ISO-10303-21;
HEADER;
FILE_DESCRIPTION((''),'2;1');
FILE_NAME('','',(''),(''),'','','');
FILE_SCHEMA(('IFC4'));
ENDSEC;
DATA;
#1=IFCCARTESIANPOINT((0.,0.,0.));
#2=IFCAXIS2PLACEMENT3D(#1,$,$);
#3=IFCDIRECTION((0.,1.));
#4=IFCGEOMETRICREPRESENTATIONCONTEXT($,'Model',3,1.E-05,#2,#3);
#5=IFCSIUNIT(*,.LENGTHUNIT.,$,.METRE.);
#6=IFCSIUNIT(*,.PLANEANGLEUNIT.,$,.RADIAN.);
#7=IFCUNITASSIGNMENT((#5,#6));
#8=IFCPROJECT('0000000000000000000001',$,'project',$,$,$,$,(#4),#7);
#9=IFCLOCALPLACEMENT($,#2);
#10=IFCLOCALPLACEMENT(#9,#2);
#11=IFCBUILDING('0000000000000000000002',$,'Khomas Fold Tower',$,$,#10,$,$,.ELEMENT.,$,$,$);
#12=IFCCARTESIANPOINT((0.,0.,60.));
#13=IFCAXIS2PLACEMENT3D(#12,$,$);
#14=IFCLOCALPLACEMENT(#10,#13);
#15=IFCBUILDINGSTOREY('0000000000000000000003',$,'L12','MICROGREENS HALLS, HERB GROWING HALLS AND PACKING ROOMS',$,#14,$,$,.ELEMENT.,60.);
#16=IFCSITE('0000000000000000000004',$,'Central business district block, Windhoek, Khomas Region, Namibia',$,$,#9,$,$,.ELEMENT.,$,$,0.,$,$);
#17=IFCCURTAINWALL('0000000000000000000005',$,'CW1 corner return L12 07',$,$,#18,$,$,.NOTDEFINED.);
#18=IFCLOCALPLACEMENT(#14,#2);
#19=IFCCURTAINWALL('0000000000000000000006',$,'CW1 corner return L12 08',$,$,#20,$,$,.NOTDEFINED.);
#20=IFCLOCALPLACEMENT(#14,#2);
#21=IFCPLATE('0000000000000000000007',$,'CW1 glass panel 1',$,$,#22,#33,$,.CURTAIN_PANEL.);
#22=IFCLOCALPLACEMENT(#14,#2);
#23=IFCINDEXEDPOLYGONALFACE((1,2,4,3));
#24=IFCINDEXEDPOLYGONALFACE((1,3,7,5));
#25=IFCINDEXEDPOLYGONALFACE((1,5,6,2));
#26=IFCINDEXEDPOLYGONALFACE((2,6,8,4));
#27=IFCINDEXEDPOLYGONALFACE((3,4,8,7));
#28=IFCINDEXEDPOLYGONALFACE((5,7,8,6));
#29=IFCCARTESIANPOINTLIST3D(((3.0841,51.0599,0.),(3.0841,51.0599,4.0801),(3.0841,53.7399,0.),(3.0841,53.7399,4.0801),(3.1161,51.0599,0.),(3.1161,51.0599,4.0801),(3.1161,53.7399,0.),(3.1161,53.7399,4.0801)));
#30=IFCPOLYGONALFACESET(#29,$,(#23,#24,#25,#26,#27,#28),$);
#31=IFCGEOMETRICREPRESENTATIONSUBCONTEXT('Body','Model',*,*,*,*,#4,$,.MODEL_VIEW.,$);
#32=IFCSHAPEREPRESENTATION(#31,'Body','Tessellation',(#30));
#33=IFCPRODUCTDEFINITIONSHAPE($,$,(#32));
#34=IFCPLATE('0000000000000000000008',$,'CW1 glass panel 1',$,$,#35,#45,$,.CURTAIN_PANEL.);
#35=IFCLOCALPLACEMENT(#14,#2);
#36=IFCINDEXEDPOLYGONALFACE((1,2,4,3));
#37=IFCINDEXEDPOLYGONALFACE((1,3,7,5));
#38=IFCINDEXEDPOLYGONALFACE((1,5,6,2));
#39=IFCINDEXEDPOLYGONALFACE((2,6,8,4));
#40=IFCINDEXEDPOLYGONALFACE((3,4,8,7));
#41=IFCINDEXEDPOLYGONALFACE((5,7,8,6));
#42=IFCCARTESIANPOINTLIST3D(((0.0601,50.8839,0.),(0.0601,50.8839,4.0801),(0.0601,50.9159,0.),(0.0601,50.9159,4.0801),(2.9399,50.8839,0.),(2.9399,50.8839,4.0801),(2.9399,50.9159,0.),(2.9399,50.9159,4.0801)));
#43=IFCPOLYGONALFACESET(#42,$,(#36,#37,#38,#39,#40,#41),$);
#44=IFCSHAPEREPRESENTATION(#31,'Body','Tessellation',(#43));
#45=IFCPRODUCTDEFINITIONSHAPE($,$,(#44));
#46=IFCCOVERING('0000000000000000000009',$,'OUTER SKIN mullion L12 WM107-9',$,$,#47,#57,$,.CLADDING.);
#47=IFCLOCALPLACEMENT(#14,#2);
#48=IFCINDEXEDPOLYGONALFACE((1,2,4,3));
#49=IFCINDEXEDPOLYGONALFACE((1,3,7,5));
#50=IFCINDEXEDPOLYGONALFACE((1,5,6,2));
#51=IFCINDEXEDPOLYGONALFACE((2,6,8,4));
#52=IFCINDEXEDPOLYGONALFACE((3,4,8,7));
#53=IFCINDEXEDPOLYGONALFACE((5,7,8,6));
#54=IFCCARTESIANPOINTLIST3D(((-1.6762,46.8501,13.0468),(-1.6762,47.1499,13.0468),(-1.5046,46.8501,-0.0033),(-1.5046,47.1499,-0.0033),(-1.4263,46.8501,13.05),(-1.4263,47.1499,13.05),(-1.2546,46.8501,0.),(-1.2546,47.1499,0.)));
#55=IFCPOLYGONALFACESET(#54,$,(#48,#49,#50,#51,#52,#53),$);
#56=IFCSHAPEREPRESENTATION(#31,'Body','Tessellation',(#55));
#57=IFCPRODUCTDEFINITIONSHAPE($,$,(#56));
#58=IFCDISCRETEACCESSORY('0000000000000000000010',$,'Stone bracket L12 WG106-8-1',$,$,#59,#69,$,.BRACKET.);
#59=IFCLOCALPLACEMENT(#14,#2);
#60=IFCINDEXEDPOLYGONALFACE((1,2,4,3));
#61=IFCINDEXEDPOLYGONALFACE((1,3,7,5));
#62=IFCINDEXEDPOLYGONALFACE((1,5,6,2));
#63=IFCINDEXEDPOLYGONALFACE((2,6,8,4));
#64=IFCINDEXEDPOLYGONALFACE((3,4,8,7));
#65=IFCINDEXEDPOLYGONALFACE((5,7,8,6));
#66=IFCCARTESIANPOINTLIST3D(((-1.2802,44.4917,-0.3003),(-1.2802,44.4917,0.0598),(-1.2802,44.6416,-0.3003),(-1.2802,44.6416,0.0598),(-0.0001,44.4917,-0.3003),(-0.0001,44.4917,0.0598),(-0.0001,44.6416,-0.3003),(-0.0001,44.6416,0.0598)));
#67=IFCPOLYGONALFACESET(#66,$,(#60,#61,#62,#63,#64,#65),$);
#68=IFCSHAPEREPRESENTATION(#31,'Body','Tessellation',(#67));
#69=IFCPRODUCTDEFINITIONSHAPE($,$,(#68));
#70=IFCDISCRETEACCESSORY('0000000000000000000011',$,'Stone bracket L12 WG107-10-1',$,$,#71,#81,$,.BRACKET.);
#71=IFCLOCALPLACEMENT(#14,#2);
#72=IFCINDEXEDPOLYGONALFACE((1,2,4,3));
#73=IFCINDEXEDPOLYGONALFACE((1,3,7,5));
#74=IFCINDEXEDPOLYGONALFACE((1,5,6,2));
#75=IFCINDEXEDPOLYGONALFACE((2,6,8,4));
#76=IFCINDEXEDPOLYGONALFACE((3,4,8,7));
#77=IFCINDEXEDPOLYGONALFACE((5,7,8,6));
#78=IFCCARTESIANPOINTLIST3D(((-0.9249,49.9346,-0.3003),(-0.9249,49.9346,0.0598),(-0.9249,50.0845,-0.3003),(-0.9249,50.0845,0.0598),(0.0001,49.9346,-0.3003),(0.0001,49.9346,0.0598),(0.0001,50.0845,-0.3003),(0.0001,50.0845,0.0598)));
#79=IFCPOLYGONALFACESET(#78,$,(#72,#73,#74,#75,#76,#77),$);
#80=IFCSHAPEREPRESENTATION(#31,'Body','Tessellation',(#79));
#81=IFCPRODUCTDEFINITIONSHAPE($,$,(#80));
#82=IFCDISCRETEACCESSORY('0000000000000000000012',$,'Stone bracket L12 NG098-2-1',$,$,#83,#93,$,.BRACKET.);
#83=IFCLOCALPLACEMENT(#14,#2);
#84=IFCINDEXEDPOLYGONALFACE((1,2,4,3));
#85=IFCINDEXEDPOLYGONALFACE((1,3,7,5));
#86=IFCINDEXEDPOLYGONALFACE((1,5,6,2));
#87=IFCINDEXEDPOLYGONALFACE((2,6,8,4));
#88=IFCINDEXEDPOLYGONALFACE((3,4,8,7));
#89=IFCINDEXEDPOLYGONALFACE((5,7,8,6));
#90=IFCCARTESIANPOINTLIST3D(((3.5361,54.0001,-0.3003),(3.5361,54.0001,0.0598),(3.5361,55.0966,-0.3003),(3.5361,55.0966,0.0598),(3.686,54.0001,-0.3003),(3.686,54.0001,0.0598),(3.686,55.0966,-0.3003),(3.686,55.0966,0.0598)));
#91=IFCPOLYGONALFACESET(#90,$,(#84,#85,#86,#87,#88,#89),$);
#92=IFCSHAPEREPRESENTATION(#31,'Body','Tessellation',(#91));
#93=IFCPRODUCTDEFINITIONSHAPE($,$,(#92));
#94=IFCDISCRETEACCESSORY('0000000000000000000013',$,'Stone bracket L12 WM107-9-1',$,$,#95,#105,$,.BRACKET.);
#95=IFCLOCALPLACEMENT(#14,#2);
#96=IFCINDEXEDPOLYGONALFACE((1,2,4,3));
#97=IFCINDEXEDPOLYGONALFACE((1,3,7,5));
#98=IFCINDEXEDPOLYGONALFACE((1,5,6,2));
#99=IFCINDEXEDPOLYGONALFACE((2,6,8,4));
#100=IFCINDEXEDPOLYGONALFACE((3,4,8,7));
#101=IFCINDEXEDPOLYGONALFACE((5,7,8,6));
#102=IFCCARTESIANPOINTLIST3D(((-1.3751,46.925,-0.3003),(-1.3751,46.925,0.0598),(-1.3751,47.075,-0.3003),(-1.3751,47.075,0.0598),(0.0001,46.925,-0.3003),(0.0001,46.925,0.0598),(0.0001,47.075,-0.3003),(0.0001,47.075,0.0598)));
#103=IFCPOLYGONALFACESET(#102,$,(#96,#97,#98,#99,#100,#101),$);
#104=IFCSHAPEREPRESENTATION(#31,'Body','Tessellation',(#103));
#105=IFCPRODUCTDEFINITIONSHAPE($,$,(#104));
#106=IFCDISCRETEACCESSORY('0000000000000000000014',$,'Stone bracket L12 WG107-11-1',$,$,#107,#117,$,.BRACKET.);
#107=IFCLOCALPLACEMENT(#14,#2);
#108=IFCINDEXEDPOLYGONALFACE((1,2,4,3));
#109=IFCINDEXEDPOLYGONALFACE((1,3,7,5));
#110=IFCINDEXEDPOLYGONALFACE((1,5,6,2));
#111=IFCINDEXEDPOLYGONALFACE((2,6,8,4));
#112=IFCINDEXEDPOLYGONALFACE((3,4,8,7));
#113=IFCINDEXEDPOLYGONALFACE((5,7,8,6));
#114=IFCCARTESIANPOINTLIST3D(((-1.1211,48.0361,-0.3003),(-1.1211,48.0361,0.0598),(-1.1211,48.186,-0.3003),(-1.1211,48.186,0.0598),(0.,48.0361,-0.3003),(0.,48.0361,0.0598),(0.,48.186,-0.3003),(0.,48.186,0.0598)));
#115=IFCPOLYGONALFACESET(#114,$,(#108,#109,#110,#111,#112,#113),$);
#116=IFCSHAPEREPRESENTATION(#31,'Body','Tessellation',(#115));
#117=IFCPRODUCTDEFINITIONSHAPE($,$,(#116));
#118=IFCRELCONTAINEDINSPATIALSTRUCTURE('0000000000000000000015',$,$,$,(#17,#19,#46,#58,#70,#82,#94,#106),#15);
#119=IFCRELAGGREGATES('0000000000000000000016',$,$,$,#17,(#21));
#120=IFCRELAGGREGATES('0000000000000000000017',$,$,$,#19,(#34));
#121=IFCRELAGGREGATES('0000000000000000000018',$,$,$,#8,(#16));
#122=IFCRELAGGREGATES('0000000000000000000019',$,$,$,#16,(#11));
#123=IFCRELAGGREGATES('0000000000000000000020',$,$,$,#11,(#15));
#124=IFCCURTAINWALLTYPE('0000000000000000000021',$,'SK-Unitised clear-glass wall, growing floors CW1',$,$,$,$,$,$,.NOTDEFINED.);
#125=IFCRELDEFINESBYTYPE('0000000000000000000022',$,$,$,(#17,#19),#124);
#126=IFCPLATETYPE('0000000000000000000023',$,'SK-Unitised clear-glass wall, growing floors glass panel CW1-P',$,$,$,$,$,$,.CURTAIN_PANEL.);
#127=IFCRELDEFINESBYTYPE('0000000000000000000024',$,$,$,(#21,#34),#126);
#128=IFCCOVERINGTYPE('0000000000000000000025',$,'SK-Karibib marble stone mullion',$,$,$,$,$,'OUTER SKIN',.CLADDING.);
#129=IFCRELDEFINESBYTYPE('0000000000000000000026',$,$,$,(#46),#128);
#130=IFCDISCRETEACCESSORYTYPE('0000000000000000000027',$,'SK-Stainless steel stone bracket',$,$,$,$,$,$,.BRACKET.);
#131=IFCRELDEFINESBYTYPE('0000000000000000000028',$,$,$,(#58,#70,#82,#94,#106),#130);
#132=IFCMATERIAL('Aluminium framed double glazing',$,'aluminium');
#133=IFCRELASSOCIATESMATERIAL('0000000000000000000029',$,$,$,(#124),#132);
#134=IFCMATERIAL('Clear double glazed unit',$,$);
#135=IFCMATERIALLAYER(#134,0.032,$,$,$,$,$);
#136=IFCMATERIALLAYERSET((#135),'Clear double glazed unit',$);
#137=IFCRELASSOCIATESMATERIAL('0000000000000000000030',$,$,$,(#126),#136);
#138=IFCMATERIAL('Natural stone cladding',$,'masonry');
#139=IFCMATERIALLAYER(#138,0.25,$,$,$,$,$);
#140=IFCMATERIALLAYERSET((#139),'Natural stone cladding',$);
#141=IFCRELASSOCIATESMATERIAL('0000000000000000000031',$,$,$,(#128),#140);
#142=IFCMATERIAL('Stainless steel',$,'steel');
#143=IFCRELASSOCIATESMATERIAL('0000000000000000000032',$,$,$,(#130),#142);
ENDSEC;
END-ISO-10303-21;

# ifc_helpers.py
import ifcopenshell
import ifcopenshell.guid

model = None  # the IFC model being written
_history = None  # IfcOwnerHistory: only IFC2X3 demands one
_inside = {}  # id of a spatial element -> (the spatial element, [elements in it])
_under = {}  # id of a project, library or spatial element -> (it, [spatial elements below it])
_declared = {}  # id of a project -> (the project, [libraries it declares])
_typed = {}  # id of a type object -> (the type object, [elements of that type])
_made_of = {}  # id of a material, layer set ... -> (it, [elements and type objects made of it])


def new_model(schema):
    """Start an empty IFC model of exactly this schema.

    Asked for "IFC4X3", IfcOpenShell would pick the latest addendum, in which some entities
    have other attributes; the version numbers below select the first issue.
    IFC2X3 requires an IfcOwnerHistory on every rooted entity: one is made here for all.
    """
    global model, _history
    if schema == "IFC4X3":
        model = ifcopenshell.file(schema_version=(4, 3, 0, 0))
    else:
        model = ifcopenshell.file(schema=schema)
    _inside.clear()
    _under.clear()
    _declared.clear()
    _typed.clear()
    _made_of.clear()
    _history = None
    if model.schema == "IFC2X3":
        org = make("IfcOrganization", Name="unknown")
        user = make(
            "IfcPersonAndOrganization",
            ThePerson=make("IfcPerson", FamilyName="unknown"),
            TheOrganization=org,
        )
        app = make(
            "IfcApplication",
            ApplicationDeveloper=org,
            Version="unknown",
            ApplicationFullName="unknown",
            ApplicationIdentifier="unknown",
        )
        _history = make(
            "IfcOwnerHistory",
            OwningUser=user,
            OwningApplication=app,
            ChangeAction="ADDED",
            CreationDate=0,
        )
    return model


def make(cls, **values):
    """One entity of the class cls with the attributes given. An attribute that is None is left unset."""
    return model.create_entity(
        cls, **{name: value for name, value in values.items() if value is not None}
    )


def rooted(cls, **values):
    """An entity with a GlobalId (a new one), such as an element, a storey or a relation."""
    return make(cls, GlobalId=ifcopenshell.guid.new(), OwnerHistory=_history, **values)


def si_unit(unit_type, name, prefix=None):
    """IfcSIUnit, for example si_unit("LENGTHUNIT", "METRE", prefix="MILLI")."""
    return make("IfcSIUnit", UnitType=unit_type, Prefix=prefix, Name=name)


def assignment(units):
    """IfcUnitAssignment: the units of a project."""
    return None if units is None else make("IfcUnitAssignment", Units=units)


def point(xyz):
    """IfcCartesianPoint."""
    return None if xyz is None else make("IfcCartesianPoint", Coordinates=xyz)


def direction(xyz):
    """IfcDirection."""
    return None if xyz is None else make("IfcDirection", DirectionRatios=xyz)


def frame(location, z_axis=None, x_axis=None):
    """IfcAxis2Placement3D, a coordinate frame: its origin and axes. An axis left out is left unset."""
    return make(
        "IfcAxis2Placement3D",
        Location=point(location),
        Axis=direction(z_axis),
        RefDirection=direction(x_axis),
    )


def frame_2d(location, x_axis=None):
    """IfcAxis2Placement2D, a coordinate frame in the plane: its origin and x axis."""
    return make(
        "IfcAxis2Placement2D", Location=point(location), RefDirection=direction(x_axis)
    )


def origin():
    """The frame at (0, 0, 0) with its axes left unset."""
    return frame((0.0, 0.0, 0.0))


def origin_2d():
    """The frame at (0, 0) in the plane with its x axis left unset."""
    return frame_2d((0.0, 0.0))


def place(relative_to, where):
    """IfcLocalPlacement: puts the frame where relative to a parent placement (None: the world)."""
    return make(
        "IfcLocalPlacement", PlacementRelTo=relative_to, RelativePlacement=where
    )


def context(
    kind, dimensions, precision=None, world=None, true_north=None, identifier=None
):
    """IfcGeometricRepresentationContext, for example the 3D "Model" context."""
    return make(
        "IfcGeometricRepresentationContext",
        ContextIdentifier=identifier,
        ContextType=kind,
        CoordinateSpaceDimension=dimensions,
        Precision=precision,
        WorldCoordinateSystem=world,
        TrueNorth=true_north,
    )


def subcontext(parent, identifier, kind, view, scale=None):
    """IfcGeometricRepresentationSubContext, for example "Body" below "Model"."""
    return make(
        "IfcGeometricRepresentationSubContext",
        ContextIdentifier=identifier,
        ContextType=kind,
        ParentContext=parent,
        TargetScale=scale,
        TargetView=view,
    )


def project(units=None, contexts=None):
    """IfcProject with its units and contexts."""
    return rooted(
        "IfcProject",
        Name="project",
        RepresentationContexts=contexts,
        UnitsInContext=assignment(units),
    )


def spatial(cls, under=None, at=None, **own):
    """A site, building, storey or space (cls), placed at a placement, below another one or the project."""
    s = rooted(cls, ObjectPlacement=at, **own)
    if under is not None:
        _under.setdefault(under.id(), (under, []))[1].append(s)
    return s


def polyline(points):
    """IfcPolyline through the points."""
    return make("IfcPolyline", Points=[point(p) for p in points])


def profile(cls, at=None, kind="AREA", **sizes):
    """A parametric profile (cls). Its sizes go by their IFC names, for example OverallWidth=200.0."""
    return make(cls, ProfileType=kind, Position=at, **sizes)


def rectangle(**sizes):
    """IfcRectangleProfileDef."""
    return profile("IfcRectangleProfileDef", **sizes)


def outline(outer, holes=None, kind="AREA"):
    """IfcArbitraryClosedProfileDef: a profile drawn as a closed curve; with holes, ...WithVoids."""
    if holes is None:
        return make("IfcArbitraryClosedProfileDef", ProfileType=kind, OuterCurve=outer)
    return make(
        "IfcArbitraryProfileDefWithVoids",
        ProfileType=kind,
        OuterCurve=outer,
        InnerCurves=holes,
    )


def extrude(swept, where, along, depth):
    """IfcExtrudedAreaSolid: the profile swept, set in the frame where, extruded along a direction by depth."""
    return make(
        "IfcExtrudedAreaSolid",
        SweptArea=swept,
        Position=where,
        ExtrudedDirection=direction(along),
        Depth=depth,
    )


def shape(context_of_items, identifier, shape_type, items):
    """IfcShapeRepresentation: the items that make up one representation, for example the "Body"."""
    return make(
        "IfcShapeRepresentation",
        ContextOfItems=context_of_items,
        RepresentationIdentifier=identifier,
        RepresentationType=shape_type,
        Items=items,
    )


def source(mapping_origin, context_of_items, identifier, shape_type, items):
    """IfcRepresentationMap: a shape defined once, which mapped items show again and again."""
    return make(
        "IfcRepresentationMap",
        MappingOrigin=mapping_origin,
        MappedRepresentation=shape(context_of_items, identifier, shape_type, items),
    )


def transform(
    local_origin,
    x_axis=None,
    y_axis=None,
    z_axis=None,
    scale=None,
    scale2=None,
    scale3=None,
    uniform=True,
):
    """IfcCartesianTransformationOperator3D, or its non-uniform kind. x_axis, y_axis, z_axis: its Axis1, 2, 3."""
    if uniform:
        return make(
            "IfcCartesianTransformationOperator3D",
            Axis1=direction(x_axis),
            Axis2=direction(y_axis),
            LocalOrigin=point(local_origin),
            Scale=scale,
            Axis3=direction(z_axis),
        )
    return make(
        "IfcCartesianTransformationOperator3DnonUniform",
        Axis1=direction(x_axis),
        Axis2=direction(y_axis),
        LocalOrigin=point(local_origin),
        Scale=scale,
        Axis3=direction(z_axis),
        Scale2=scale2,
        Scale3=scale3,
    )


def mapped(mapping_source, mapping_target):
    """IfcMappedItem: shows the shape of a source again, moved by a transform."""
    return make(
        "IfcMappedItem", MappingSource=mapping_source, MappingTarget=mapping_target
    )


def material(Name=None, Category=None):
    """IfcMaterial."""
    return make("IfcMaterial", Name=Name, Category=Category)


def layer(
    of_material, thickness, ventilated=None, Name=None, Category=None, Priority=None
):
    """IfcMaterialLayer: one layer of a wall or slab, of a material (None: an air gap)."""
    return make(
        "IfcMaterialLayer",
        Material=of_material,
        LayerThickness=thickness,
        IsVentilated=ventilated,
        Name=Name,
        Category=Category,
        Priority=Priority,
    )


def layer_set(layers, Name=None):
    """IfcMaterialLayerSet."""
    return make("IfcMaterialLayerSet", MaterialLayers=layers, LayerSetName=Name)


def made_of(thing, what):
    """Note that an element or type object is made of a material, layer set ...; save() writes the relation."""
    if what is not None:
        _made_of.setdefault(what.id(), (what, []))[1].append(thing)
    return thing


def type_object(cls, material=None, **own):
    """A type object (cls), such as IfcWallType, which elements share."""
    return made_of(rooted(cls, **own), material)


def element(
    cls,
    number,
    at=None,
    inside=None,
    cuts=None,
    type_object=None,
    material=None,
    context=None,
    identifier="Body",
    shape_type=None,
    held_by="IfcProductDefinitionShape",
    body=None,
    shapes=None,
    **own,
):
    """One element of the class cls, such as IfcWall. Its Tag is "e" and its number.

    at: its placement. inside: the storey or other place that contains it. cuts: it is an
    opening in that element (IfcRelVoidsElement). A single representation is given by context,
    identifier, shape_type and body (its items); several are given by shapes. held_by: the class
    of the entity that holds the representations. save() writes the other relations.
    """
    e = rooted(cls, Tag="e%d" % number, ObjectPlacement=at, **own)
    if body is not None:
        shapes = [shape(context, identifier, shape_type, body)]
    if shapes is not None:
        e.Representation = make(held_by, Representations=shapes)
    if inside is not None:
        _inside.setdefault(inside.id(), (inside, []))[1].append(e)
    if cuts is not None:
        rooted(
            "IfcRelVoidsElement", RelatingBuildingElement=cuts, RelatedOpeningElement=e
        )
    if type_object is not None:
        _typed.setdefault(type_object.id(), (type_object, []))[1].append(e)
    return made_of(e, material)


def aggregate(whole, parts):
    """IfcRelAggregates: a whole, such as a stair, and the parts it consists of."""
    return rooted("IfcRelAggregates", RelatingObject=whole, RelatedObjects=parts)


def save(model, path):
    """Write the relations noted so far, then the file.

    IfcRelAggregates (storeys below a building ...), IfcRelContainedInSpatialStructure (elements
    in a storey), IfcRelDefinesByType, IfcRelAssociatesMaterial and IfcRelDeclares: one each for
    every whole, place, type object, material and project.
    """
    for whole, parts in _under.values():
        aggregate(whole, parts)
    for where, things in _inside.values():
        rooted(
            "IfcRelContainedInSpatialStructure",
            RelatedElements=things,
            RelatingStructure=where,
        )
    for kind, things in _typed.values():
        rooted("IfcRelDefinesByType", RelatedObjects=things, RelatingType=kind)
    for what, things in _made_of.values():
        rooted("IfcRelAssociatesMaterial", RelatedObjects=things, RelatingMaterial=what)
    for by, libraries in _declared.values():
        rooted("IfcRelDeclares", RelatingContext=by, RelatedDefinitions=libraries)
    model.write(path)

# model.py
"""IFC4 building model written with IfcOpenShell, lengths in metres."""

from ifc_helpers import new_model, si_unit, direction, frame, origin, origin_2d, place, context, subcontext, project, spatial, polyline, rectangle, outline, extrude, source, transform, mapped, material, layer, layer_set, type_object, element, aggregate, save


model = new_model("IFC4")

# Units and contexts
model_context = context("Model", 3, precision=1e-05, world=origin(), true_north=direction((0.0, 1.0)))
body_context = subcontext(model_context, "Body", "Model", "MODEL_VIEW")
ifc_project = project(units=[si_unit("LENGTHUNIT", "METRE"), si_unit("PLANEANGLEUNIT", "RADIAN")], contexts=[model_context])

# Site, building, storey
site_placement = place(None, origin())
site = spatial("IfcSite", under=ifc_project, at=site_placement, Name="Central business district block, Windhoek, Khomas Region, Namibia", CompositionType="ELEMENT", RefElevation=0.0)
building_placement = place(site_placement, origin())
building = spatial("IfcBuilding", under=site, at=building_placement, Name="Khomas Fold Tower", CompositionType="ELEMENT")
storey_placement = place(building_placement, frame((0.0, 0.0, 60.0)))
storey = spatial("IfcBuildingStorey", under=building, at=storey_placement, Name="L12", Description="MICROGREENS HALLS, HERB GROWING HALLS AND PACKING ROOMS", CompositionType="ELEMENT", Elevation=60.0)

# Shared definitions
ifc_material_1 = material(Name="Aluminium framed double glazing", Category="aluminium")
curtain_wall_type = type_object("IfcCurtainWallType", Name="SK-Unitised clear-glass wall, growing floors CW1", PredefinedType="NOTDEFINED", material=ifc_material_1)

# Curtain walls
curtain_wall_1_placement = place(storey_placement, origin())
curtain_wall_1 = element("IfcCurtainWall", 1, at=curtain_wall_1_placement, inside=storey, type_object=curtain_wall_type, Name="CW1 corner return L12 07", PredefinedType="NOTDEFINED")
curtain_wall_2_placement = place(storey_placement, origin())
curtain_wall_2 = element("IfcCurtainWall", 2, at=curtain_wall_2_placement, inside=storey, type_object=curtain_wall_type, Name="CW1 corner return L12 08", PredefinedType="NOTDEFINED")

# Plates
ifc_material_2 = material(Name="Clear double glazed unit")
ifc_layer_1 = layer(ifc_material_2, 0.032)
ifc_layer_set_1 = layer_set([ifc_layer_1], Name="Clear double glazed unit")
plate_type_1 = type_object("IfcPlateType", Name="SK-Unitised clear-glass wall, growing floors glass panel CW1-P", PredefinedType="CURTAIN_PANEL", material=ifc_layer_set_1)
shared_shape_1 = source(origin(), body_context, "Body", "SweptSolid", [
    extrude(rectangle(XDim=2.6799, YDim=0.032, at=origin_2d()), origin(), (0.0, 0.0, 1.0), 4.0801),
])
plate_1_placement = place(storey_placement, frame((3.1001, 52.3999, 0.0), z_axis=(0.0, 0.0, 1.0), x_axis=(0.0, -1.0, 0.0)))
plate_1 = element("IfcPlate", 3, at=plate_1_placement, type_object=plate_type_1, Name="CW1 glass panel 1", PredefinedType="CURTAIN_PANEL", context=body_context, shape_type="MappedRepresentation", body=[
    mapped(shared_shape_1, transform((0.0, 0.0, 0.0))),
])
aggregate(curtain_wall_1, [plate_1])
shared_shape_2 = source(origin(), body_context, "Body", "SweptSolid", [
    extrude(rectangle(XDim=2.8799, YDim=0.032, at=origin_2d()), origin(), (0.0, 0.0, 1.0), 4.0801),
])
plate_2_placement = place(storey_placement, frame((1.5, 50.8999, 0.0), z_axis=(0.0, 0.0, 1.0), x_axis=(-1.0, 0.0, 0.0)))
plate_2 = element("IfcPlate", 4, at=plate_2_placement, type_object=plate_type_1, Name="CW1 glass panel 1", PredefinedType="CURTAIN_PANEL", context=body_context, shape_type="MappedRepresentation", body=[
    mapped(shared_shape_2, transform((0.0, 0.0, 0.0))),
])
aggregate(curtain_wall_2, [plate_2])

# Covering
ifc_material_3 = material(Name="Natural stone cladding", Category="masonry")
ifc_layer_2 = layer(ifc_material_3, 0.25)
ifc_layer_set_2 = layer_set([ifc_layer_2], Name="Natural stone cladding")
covering_type = type_object("IfcCoveringType", Name="SK-Karibib marble stone mullion", ElementType="OUTER SKIN", PredefinedType="CLADDING", material=ifc_layer_set_2)
covering_placement = place(storey_placement, frame((-1.4263, 47.1499, 13.05), z_axis=(0.999914, 0.0, 0.013151), x_axis=(0.013151, 0.0, -0.999914)))
element("IfcCovering", 5, at=covering_placement, inside=storey, type_object=covering_type, Name="OUTER SKIN mullion L12 WM107-9", PredefinedType="CLADDING", context=body_context, shape_type="SweptSolid", body=[
    extrude(outline(polyline([(0.0, 0.0), (13.0512, 0.0), (13.0512, -0.2998), (0.0, -0.2998), (0.0, 0.0)])), origin(), (0.0, 0.0, -1.0), 0.25),
])

# Discrete accessories
ifc_material_4 = material(Name="Stainless steel", Category="steel")
discrete_accessory_type = type_object("IfcDiscreteAccessoryType", Name="SK-Stainless steel stone bracket", PredefinedType="BRACKET", material=ifc_material_4)
shared_shape_3 = source(origin(), body_context, "Body", "SweptSolid", [
    extrude(rectangle(XDim=1.28, YDim=0.1499, at=origin_2d()), origin(), (0.0, 0.0, 1.0), 0.3601),
])
discrete_accessory_1_placement = place(storey_placement, frame((-0.6401, 44.5667, -0.3003), z_axis=(0.0, 0.0, 1.0), x_axis=(-1.0, 0.0, 0.0)))
element("IfcDiscreteAccessory", 6, at=discrete_accessory_1_placement, inside=storey, type_object=discrete_accessory_type, Name="Stone bracket L12 WG106-8-1", PredefinedType="BRACKET", context=body_context, shape_type="MappedRepresentation", body=[
    mapped(shared_shape_3, transform((0.0, 0.0, 0.0))),
])
shared_shape_4 = source(origin(), body_context, "Body", "SweptSolid", [
    extrude(rectangle(XDim=0.925, YDim=0.1499, at=origin_2d()), origin(), (0.0, 0.0, 1.0), 0.3601),
])
discrete_accessory_2_placement = place(storey_placement, frame((-0.4624, 50.0095, -0.3003), z_axis=(0.0, 0.0, 1.0), x_axis=(-1.0, 0.0, 0.0)))
element("IfcDiscreteAccessory", 7, at=discrete_accessory_2_placement, inside=storey, type_object=discrete_accessory_type, Name="Stone bracket L12 WG107-10-1", PredefinedType="BRACKET", context=body_context, shape_type="MappedRepresentation", body=[
    mapped(shared_shape_4, transform((0.0, 0.0, 0.0))),
])
shared_shape_5 = source(origin(), body_context, "Body", "SweptSolid", [
    extrude(rectangle(XDim=1.0964, YDim=0.1499, at=origin_2d()), origin(), (0.0, 0.0, 1.0), 0.3601),
])
discrete_accessory_3_placement = place(storey_placement, frame((3.6111, 54.5483, -0.3003), z_axis=(0.0, 0.0, 1.0), x_axis=(0.0, 1.0, 0.0)))
element("IfcDiscreteAccessory", 8, at=discrete_accessory_3_placement, inside=storey, type_object=discrete_accessory_type, Name="Stone bracket L12 NG098-2-1", PredefinedType="BRACKET", context=body_context, shape_type="MappedRepresentation", body=[
    mapped(shared_shape_5, transform((0.0, 0.0, 0.0))),
])
shared_shape_6 = source(origin(), body_context, "Body", "SweptSolid", [
    extrude(rectangle(XDim=1.3752, YDim=0.1499, at=origin_2d()), origin(), (0.0, 0.0, 1.0), 0.3601),
])
discrete_accessory_4_placement = place(storey_placement, frame((-0.6875, 47.0, -0.3003), z_axis=(0.0, 0.0, 1.0), x_axis=(-1.0, 0.0, 0.0)))
element("IfcDiscreteAccessory", 9, at=discrete_accessory_4_placement, inside=storey, type_object=discrete_accessory_type, Name="Stone bracket L12 WM107-9-1", PredefinedType="BRACKET", context=body_context, shape_type="MappedRepresentation", body=[
    mapped(shared_shape_6, transform((0.0, 0.0, 0.0))),
])
shared_shape_7 = source(origin(), body_context, "Body", "SweptSolid", [
    extrude(rectangle(XDim=1.1211, YDim=0.1499, at=origin_2d()), origin(), (0.0, 0.0, 1.0), 0.3601),
])
discrete_accessory_5_placement = place(storey_placement, frame((-0.5605, 48.1111, -0.3003), z_axis=(0.0, 0.0, 1.0), x_axis=(-1.0, 0.0, 0.0)))
element("IfcDiscreteAccessory", 10, at=discrete_accessory_5_placement, inside=storey, type_object=discrete_accessory_type, Name="Stone bracket L12 WG107-11-1", PredefinedType="BRACKET", context=body_context, shape_type="MappedRepresentation", body=[
    mapped(shared_shape_7, transform((0.0, 0.0, 0.0))),
])

save(model, "model.ifc")
